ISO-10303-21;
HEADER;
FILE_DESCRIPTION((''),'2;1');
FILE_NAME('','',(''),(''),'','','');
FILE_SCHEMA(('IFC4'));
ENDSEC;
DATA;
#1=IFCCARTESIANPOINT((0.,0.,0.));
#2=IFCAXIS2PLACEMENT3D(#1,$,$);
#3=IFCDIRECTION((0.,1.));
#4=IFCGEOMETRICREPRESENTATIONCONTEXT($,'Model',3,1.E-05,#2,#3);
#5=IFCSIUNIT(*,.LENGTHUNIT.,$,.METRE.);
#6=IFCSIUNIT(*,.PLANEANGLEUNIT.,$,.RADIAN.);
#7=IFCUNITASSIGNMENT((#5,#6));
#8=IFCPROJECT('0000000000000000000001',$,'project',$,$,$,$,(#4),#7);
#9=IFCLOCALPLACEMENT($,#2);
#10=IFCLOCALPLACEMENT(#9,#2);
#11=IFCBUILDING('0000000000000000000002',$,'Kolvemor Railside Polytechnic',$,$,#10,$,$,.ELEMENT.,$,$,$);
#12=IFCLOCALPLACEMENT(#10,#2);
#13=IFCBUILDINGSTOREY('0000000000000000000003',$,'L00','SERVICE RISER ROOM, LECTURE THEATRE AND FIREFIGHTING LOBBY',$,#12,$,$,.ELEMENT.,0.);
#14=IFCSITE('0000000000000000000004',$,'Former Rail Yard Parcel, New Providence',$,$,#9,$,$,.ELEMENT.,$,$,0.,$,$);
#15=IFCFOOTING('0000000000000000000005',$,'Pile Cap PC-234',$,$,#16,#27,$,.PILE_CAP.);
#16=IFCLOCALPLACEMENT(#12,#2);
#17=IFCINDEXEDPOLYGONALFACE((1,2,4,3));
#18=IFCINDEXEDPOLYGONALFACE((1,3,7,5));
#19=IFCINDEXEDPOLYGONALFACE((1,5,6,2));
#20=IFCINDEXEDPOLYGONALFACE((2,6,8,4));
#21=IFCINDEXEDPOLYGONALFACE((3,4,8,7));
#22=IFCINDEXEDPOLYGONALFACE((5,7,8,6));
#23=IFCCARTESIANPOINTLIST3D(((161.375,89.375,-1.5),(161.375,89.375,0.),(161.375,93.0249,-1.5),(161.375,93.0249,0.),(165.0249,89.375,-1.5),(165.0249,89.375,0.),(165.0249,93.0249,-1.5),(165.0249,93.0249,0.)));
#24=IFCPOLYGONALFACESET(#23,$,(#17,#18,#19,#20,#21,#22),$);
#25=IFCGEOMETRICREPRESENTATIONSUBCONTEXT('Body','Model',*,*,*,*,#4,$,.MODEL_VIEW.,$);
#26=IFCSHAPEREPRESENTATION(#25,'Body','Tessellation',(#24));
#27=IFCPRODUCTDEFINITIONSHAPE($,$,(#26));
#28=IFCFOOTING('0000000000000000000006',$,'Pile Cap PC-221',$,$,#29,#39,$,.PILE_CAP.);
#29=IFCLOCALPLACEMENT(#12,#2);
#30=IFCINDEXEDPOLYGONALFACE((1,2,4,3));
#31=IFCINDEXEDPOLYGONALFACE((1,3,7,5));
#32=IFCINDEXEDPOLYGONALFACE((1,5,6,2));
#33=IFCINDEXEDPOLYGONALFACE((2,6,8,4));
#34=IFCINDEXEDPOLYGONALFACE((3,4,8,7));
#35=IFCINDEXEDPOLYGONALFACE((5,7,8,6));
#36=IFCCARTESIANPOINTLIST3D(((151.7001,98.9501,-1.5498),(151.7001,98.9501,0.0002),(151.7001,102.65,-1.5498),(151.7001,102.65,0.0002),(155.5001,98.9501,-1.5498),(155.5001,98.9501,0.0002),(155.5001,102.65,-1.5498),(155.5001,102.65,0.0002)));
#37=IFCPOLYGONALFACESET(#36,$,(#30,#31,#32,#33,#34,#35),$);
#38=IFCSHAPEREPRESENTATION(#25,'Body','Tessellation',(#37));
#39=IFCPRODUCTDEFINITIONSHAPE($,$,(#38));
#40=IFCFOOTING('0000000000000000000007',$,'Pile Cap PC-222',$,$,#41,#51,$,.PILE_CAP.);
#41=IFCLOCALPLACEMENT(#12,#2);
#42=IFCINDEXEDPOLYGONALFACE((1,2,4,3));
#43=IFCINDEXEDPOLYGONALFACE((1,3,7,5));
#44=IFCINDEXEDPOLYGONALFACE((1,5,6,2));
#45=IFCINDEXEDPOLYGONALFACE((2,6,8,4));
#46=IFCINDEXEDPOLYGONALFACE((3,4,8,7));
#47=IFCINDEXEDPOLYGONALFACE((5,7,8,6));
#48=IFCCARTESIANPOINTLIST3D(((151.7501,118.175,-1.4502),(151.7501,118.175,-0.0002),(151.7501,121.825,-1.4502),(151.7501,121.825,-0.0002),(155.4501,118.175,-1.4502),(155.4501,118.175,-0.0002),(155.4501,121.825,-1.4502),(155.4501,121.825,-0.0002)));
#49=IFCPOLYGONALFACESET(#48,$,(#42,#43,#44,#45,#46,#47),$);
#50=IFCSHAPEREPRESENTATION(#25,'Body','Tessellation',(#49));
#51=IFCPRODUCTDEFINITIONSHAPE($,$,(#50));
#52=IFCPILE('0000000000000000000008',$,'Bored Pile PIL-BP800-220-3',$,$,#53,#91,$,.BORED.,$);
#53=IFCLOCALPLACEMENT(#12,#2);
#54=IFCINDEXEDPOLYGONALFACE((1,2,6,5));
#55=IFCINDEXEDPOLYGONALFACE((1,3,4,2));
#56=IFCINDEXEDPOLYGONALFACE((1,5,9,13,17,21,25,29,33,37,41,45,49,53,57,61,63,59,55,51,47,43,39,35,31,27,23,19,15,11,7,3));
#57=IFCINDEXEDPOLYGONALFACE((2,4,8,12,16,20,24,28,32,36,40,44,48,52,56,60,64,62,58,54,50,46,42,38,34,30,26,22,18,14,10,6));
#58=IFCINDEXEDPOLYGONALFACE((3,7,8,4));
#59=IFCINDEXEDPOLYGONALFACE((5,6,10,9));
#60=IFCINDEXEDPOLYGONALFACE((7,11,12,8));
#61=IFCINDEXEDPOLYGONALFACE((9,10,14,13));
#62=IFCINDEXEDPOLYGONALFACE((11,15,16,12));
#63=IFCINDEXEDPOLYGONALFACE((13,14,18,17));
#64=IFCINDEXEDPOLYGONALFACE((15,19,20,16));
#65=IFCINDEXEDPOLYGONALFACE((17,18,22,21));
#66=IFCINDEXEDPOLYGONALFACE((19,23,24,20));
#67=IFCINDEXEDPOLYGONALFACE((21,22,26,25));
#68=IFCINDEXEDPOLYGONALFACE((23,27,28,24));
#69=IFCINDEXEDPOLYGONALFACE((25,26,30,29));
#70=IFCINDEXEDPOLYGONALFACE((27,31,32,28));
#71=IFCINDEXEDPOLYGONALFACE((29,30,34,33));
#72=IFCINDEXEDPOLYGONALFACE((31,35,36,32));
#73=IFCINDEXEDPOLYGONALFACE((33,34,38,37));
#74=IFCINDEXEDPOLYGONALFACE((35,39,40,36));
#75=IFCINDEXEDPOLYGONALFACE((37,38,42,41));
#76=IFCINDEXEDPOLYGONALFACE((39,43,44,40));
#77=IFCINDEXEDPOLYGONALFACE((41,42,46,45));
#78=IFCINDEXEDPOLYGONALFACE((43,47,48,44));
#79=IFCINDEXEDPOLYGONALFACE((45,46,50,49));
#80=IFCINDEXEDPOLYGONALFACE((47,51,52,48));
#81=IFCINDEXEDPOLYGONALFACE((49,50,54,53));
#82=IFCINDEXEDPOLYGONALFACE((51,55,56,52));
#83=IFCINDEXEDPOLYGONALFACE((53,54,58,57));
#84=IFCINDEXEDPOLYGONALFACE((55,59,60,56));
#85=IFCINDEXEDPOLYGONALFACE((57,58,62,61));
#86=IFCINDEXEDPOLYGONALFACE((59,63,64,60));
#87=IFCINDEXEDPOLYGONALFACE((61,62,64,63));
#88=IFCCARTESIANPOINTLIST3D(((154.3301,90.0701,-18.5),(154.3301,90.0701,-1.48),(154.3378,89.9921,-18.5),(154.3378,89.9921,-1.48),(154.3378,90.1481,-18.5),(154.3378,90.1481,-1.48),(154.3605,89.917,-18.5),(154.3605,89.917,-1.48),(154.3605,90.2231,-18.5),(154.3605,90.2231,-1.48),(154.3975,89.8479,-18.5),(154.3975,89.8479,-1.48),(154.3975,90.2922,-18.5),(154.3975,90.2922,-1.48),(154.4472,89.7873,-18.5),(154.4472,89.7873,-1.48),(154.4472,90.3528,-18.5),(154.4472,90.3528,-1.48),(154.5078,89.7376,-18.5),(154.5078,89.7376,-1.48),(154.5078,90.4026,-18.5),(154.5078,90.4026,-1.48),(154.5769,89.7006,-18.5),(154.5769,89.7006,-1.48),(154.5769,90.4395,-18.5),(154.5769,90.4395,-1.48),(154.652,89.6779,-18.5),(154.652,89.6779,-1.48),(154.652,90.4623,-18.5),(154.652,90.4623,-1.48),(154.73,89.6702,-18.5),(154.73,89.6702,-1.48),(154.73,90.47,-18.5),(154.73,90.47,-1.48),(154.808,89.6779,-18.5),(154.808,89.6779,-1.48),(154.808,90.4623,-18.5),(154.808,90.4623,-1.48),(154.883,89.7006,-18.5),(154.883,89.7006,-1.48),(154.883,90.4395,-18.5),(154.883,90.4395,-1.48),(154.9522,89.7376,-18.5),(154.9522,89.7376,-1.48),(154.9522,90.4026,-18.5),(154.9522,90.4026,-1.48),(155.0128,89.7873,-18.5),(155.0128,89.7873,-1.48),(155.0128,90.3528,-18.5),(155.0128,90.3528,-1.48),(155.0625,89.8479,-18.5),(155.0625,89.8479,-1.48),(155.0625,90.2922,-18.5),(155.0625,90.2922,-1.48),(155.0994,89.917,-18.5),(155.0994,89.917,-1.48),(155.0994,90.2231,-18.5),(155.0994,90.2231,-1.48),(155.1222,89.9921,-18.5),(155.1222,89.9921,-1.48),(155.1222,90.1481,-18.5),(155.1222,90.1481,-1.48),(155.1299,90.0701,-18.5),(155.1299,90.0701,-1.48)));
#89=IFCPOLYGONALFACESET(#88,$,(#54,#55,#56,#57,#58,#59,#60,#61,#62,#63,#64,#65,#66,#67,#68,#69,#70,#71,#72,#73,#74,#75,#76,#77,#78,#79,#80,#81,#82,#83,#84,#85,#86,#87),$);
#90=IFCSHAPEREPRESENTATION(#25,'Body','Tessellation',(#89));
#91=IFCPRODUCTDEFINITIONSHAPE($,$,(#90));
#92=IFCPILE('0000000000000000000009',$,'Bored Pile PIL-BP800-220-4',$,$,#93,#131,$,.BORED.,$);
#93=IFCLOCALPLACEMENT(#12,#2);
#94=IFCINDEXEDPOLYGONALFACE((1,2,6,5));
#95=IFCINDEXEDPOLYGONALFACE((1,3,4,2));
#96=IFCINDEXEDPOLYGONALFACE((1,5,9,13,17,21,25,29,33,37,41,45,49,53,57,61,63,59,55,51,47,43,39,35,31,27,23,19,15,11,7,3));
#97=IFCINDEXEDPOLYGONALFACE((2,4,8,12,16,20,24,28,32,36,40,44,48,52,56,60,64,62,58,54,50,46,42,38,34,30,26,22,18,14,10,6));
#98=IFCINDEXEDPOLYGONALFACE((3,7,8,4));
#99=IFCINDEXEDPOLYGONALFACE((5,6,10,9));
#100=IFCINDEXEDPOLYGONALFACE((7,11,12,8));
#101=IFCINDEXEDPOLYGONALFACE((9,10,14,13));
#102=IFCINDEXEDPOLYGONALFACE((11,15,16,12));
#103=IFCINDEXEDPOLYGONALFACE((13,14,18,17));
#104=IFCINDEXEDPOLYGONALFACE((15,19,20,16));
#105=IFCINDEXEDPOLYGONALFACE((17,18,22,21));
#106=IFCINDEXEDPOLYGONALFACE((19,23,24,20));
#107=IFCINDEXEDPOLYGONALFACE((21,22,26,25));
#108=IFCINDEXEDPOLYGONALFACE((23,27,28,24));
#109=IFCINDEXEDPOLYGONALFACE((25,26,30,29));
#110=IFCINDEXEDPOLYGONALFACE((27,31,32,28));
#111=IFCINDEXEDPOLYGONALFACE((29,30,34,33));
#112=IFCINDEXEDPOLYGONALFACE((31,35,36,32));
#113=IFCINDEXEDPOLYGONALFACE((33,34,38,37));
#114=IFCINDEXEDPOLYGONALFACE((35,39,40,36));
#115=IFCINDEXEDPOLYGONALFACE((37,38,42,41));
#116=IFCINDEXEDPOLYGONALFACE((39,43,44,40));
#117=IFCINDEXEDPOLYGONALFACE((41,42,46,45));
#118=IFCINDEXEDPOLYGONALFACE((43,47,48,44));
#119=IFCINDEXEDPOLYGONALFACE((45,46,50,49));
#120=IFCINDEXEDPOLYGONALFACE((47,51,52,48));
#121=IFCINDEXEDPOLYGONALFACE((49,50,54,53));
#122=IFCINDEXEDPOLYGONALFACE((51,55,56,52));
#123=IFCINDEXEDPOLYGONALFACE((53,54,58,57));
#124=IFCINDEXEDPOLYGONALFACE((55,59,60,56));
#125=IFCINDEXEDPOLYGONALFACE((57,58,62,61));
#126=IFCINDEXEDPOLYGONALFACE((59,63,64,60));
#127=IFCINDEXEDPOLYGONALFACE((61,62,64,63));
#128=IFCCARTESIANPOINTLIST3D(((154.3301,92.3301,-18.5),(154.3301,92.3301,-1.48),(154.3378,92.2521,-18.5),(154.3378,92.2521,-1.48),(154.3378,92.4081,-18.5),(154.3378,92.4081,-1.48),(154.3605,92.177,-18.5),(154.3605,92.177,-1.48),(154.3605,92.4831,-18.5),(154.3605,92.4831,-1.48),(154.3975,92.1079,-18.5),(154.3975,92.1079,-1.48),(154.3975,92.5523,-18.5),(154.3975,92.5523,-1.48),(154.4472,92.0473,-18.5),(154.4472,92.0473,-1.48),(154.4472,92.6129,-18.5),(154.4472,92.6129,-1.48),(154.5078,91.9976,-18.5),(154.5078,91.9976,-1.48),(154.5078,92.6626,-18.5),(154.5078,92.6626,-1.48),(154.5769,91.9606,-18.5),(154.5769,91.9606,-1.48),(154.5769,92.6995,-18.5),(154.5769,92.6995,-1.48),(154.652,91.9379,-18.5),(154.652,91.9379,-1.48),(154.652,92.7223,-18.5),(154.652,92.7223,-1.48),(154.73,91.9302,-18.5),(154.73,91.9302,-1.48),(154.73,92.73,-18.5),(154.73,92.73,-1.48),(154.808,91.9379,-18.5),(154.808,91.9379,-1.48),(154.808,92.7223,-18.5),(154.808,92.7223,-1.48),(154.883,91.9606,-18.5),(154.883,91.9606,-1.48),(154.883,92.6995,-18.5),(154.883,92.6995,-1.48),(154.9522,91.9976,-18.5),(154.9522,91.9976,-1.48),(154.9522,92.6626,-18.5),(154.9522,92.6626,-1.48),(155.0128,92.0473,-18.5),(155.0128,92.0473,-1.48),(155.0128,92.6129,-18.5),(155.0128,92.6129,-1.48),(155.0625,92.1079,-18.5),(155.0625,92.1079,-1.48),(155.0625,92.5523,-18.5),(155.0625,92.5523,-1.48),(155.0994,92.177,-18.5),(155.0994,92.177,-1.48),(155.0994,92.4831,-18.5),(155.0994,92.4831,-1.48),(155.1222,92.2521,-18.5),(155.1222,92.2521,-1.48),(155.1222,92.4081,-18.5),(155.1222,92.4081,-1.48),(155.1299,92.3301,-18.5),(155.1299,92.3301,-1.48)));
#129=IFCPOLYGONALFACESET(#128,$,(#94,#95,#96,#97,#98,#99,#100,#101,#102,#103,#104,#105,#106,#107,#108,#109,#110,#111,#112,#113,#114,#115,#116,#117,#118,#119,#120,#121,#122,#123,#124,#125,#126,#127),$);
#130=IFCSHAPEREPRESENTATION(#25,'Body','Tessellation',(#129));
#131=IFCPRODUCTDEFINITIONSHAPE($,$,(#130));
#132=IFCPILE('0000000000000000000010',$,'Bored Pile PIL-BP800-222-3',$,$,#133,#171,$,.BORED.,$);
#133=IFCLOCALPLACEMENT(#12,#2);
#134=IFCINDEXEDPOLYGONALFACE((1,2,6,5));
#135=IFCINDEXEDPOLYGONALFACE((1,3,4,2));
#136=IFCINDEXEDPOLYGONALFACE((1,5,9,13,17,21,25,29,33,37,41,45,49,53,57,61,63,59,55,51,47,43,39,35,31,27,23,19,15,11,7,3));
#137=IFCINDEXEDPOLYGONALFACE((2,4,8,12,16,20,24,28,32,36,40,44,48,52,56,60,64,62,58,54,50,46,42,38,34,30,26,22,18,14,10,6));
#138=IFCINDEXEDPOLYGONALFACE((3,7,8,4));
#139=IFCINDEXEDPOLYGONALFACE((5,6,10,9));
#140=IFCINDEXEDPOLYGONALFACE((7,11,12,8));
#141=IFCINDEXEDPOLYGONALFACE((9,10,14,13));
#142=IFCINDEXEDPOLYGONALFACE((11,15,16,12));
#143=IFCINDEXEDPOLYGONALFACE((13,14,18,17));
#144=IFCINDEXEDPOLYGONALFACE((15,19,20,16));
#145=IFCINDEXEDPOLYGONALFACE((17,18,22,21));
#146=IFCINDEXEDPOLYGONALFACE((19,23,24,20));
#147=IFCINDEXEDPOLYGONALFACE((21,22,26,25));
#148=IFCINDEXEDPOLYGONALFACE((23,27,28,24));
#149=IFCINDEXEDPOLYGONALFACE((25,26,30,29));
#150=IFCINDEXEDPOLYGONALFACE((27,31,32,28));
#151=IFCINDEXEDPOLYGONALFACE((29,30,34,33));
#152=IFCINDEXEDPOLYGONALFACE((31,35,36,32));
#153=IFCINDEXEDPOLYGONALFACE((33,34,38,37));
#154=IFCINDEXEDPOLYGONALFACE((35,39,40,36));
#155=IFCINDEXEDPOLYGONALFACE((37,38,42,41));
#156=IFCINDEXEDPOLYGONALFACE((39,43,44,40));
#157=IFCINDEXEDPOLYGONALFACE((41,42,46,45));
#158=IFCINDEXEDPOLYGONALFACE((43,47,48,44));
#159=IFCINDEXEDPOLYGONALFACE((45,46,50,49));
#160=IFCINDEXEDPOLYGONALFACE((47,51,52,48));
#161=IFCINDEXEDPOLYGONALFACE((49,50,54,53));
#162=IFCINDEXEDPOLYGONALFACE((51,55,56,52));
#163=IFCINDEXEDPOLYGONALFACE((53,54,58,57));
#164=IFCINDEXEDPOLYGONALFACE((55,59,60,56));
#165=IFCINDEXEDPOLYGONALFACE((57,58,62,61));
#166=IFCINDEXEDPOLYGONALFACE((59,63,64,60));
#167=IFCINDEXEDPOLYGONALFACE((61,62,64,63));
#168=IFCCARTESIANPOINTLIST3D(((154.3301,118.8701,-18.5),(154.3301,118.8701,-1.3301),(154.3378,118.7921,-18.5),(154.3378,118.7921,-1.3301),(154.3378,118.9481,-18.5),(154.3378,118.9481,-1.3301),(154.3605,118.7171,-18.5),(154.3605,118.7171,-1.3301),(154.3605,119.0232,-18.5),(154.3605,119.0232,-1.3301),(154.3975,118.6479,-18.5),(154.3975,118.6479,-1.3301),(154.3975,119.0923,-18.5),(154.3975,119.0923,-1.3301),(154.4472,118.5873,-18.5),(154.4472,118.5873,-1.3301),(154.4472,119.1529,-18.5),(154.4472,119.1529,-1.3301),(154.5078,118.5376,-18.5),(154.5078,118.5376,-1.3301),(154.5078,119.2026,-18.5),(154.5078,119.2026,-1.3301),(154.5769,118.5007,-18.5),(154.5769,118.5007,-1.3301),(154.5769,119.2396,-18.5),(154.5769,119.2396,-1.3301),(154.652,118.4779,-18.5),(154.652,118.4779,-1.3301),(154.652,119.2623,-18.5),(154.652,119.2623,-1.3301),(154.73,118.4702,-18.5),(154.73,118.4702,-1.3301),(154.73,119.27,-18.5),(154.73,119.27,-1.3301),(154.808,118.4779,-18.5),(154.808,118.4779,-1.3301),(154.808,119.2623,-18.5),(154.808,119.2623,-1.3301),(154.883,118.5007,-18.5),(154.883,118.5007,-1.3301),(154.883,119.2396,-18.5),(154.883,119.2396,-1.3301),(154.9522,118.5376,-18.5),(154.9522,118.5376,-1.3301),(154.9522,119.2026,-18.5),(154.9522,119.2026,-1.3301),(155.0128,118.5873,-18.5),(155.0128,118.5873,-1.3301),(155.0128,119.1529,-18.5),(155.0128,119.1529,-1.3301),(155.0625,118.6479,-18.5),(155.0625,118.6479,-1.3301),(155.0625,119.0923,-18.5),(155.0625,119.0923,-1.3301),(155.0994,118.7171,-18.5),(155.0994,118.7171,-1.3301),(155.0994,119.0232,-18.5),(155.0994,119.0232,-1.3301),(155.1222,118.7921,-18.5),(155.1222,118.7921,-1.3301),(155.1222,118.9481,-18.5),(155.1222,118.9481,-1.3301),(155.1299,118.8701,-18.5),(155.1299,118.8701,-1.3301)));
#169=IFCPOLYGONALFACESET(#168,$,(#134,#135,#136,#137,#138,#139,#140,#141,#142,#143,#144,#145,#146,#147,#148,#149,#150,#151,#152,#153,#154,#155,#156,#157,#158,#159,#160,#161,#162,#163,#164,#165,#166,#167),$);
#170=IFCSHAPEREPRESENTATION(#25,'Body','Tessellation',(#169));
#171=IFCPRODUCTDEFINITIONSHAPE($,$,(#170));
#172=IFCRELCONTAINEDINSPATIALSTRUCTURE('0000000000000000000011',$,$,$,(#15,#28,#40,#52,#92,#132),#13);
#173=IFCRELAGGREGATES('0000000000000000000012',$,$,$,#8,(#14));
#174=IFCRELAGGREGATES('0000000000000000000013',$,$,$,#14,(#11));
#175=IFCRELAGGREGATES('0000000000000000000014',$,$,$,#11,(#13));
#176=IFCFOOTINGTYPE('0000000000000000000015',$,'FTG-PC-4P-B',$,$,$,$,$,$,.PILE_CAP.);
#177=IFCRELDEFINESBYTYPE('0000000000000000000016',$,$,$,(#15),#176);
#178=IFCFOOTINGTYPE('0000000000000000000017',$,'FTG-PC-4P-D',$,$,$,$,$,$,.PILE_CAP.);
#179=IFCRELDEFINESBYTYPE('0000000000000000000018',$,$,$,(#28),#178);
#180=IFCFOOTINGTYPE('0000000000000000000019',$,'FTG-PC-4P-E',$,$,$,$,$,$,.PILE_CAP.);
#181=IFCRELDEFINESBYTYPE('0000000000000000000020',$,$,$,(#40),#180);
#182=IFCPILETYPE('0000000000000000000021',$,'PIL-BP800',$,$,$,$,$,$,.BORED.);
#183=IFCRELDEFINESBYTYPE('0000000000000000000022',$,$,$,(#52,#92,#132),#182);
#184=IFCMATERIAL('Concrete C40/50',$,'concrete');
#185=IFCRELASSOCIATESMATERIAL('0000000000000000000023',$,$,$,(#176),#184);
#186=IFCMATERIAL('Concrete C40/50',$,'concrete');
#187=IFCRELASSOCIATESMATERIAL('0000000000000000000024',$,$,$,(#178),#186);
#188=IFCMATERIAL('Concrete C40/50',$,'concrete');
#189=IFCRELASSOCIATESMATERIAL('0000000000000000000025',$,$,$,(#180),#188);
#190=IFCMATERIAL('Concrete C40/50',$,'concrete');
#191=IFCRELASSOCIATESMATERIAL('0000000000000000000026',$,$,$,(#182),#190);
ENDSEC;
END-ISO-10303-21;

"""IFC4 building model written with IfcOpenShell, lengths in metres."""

from ifc_helpers import new_model, si_unit, direction, frame, origin, origin_2d, place, context, subcontext, project, spatial, rectangle, circle, extrude, material, material_profile, profile_set, type_object, element, save


model = new_model("IFC4")

# Units and contexts
model_context = context("Model", 3, precision=1e-05, world=origin(), true_north=direction((0.0, 1.0)))
body_context = subcontext(model_context, "Body", "Model", "MODEL_VIEW")
ifc_project = project(units=[si_unit("LENGTHUNIT", "METRE"), si_unit("PLANEANGLEUNIT", "RADIAN")], contexts=[model_context])

# Site, building, storey
site_placement = place(None, origin())
site = spatial("IfcSite", under=ifc_project, at=site_placement, Name="Former Rail Yard Parcel, New Providence", CompositionType="ELEMENT", RefElevation=0.0)
building_placement = place(site_placement, origin())
building = spatial("IfcBuilding", under=site, at=building_placement, Name="Kolvemor Railside Polytechnic", CompositionType="ELEMENT")
storey_placement = place(building_placement, origin())
storey = spatial("IfcBuildingStorey", under=building, at=storey_placement, Name="L00", Description="SERVICE RISER ROOM, LECTURE THEATRE AND FIREFIGHTING LOBBY", CompositionType="ELEMENT", Elevation=0.0)

# Footings
ifc_material_1 = material(Name="Concrete C40/50", Category="concrete")
footing_type_1 = type_object("IfcFootingType", Name="FTG-PC-4P-B", PredefinedType="PILE_CAP", material=ifc_material_1)
footing_1_placement = place(storey_placement, frame((163.2, 91.2, -1.5), z_axis=(0.0, 0.0, 1.0), x_axis=(1.0, 0.0, 0.0)))
element("IfcFooting", 1, at=footing_1_placement, inside=storey, type_object=footing_type_1, Name="Pile Cap PC-234", PredefinedType="PILE_CAP", context=body_context, shape_type="SweptSolid", body=[
    extrude(rectangle(XDim=3.6499, YDim=3.6499, at=origin_2d()), origin(), (0.0, 0.0, 1.0), 1.5),
])
ifc_material_2 = material(Name="Concrete C40/50", Category="concrete")
footing_type_2 = type_object("IfcFootingType", Name="FTG-PC-4P-D", PredefinedType="PILE_CAP", material=ifc_material_2)
footing_2_placement = place(storey_placement, frame((153.6001, 100.8, -1.5498), z_axis=(0.0, 0.0, 1.0), x_axis=(1.0, 0.0, 0.0)))
element("IfcFooting", 2, at=footing_2_placement, inside=storey, type_object=footing_type_2, Name="Pile Cap PC-221", PredefinedType="PILE_CAP", context=body_context, shape_type="SweptSolid", body=[
    extrude(rectangle(XDim=3.8, YDim=3.7, at=origin_2d()), origin(), (0.0, 0.0, 1.0), 1.55),
])
ifc_material_3 = material(Name="Concrete C40/50", Category="concrete")
footing_type_3 = type_object("IfcFootingType", Name="FTG-PC-4P-E", PredefinedType="PILE_CAP", material=ifc_material_3)
footing_3_placement = place(storey_placement, frame((153.6001, 120.0, -1.4502), z_axis=(0.0, 0.0, 1.0), x_axis=(1.0, 0.0, 0.0)))
element("IfcFooting", 3, at=footing_3_placement, inside=storey, type_object=footing_type_3, Name="Pile Cap PC-222", PredefinedType="PILE_CAP", context=body_context, shape_type="SweptSolid", body=[
    extrude(rectangle(XDim=3.7, YDim=3.6499, at=origin_2d()), origin(), (0.0, 0.0, 1.0), 1.45),
])

# Piles
ifc_material_4 = material(Name="Concrete C40/50", Category="concrete")
ifc_material_profile_1 = material_profile(ifc_material_4, circle(Radius=0.3999, at=origin_2d()), Name="BP800")
ifc_profile_set_1 = profile_set([ifc_material_profile_1], Name="Concrete C40/50")
pile_type_1 = type_object("IfcPileType", Name="PIL-BP800", PredefinedType="BORED", material=ifc_profile_set_1)
for number, where, z_axis, x_axis, name in (
    (4, (154.73, 90.0701, -1.48), (0.0, 0.0, -1.0), (1.0, 0.0, 0.0), "Bored Pile PIL-BP800-220-3"),
    (5, (154.73, 92.3301, -1.48), (0.0, 0.0, -1.0), (1.0, 0.0, 0.0), "Bored Pile PIL-BP800-220-4"),
):
    element("IfcPile", number, at=place(storey_placement, frame(where, z_axis=z_axis, x_axis=x_axis)), inside=storey, type_object=pile_type_1, Name=name, PredefinedType="BORED", context=body_context, shape_type="SweptSolid", body=[
        extrude(circle(Radius=0.3999, at=origin_2d()), origin(), (0.0, 0.0, 1.0), 17.02),
    ])
for number, where, z_axis, x_axis, name in (
    (6, (154.73, 118.8701, -1.3301), (0.0, 0.0, -1.0), (1.0, 0.0, 0.0), "Bored Pile PIL-BP800-222-3"),
):
    element("IfcPile", number, at=place(storey_placement, frame(where, z_axis=z_axis, x_axis=x_axis)), inside=storey, type_object=pile_type_1, Name=name, PredefinedType="BORED", context=body_context, shape_type="SweptSolid", body=[
        extrude(circle(Radius=0.3999, at=origin_2d()), origin(), (0.0, 0.0, 1.0), 17.1699),
    ])

save(model, "model.ifc")
